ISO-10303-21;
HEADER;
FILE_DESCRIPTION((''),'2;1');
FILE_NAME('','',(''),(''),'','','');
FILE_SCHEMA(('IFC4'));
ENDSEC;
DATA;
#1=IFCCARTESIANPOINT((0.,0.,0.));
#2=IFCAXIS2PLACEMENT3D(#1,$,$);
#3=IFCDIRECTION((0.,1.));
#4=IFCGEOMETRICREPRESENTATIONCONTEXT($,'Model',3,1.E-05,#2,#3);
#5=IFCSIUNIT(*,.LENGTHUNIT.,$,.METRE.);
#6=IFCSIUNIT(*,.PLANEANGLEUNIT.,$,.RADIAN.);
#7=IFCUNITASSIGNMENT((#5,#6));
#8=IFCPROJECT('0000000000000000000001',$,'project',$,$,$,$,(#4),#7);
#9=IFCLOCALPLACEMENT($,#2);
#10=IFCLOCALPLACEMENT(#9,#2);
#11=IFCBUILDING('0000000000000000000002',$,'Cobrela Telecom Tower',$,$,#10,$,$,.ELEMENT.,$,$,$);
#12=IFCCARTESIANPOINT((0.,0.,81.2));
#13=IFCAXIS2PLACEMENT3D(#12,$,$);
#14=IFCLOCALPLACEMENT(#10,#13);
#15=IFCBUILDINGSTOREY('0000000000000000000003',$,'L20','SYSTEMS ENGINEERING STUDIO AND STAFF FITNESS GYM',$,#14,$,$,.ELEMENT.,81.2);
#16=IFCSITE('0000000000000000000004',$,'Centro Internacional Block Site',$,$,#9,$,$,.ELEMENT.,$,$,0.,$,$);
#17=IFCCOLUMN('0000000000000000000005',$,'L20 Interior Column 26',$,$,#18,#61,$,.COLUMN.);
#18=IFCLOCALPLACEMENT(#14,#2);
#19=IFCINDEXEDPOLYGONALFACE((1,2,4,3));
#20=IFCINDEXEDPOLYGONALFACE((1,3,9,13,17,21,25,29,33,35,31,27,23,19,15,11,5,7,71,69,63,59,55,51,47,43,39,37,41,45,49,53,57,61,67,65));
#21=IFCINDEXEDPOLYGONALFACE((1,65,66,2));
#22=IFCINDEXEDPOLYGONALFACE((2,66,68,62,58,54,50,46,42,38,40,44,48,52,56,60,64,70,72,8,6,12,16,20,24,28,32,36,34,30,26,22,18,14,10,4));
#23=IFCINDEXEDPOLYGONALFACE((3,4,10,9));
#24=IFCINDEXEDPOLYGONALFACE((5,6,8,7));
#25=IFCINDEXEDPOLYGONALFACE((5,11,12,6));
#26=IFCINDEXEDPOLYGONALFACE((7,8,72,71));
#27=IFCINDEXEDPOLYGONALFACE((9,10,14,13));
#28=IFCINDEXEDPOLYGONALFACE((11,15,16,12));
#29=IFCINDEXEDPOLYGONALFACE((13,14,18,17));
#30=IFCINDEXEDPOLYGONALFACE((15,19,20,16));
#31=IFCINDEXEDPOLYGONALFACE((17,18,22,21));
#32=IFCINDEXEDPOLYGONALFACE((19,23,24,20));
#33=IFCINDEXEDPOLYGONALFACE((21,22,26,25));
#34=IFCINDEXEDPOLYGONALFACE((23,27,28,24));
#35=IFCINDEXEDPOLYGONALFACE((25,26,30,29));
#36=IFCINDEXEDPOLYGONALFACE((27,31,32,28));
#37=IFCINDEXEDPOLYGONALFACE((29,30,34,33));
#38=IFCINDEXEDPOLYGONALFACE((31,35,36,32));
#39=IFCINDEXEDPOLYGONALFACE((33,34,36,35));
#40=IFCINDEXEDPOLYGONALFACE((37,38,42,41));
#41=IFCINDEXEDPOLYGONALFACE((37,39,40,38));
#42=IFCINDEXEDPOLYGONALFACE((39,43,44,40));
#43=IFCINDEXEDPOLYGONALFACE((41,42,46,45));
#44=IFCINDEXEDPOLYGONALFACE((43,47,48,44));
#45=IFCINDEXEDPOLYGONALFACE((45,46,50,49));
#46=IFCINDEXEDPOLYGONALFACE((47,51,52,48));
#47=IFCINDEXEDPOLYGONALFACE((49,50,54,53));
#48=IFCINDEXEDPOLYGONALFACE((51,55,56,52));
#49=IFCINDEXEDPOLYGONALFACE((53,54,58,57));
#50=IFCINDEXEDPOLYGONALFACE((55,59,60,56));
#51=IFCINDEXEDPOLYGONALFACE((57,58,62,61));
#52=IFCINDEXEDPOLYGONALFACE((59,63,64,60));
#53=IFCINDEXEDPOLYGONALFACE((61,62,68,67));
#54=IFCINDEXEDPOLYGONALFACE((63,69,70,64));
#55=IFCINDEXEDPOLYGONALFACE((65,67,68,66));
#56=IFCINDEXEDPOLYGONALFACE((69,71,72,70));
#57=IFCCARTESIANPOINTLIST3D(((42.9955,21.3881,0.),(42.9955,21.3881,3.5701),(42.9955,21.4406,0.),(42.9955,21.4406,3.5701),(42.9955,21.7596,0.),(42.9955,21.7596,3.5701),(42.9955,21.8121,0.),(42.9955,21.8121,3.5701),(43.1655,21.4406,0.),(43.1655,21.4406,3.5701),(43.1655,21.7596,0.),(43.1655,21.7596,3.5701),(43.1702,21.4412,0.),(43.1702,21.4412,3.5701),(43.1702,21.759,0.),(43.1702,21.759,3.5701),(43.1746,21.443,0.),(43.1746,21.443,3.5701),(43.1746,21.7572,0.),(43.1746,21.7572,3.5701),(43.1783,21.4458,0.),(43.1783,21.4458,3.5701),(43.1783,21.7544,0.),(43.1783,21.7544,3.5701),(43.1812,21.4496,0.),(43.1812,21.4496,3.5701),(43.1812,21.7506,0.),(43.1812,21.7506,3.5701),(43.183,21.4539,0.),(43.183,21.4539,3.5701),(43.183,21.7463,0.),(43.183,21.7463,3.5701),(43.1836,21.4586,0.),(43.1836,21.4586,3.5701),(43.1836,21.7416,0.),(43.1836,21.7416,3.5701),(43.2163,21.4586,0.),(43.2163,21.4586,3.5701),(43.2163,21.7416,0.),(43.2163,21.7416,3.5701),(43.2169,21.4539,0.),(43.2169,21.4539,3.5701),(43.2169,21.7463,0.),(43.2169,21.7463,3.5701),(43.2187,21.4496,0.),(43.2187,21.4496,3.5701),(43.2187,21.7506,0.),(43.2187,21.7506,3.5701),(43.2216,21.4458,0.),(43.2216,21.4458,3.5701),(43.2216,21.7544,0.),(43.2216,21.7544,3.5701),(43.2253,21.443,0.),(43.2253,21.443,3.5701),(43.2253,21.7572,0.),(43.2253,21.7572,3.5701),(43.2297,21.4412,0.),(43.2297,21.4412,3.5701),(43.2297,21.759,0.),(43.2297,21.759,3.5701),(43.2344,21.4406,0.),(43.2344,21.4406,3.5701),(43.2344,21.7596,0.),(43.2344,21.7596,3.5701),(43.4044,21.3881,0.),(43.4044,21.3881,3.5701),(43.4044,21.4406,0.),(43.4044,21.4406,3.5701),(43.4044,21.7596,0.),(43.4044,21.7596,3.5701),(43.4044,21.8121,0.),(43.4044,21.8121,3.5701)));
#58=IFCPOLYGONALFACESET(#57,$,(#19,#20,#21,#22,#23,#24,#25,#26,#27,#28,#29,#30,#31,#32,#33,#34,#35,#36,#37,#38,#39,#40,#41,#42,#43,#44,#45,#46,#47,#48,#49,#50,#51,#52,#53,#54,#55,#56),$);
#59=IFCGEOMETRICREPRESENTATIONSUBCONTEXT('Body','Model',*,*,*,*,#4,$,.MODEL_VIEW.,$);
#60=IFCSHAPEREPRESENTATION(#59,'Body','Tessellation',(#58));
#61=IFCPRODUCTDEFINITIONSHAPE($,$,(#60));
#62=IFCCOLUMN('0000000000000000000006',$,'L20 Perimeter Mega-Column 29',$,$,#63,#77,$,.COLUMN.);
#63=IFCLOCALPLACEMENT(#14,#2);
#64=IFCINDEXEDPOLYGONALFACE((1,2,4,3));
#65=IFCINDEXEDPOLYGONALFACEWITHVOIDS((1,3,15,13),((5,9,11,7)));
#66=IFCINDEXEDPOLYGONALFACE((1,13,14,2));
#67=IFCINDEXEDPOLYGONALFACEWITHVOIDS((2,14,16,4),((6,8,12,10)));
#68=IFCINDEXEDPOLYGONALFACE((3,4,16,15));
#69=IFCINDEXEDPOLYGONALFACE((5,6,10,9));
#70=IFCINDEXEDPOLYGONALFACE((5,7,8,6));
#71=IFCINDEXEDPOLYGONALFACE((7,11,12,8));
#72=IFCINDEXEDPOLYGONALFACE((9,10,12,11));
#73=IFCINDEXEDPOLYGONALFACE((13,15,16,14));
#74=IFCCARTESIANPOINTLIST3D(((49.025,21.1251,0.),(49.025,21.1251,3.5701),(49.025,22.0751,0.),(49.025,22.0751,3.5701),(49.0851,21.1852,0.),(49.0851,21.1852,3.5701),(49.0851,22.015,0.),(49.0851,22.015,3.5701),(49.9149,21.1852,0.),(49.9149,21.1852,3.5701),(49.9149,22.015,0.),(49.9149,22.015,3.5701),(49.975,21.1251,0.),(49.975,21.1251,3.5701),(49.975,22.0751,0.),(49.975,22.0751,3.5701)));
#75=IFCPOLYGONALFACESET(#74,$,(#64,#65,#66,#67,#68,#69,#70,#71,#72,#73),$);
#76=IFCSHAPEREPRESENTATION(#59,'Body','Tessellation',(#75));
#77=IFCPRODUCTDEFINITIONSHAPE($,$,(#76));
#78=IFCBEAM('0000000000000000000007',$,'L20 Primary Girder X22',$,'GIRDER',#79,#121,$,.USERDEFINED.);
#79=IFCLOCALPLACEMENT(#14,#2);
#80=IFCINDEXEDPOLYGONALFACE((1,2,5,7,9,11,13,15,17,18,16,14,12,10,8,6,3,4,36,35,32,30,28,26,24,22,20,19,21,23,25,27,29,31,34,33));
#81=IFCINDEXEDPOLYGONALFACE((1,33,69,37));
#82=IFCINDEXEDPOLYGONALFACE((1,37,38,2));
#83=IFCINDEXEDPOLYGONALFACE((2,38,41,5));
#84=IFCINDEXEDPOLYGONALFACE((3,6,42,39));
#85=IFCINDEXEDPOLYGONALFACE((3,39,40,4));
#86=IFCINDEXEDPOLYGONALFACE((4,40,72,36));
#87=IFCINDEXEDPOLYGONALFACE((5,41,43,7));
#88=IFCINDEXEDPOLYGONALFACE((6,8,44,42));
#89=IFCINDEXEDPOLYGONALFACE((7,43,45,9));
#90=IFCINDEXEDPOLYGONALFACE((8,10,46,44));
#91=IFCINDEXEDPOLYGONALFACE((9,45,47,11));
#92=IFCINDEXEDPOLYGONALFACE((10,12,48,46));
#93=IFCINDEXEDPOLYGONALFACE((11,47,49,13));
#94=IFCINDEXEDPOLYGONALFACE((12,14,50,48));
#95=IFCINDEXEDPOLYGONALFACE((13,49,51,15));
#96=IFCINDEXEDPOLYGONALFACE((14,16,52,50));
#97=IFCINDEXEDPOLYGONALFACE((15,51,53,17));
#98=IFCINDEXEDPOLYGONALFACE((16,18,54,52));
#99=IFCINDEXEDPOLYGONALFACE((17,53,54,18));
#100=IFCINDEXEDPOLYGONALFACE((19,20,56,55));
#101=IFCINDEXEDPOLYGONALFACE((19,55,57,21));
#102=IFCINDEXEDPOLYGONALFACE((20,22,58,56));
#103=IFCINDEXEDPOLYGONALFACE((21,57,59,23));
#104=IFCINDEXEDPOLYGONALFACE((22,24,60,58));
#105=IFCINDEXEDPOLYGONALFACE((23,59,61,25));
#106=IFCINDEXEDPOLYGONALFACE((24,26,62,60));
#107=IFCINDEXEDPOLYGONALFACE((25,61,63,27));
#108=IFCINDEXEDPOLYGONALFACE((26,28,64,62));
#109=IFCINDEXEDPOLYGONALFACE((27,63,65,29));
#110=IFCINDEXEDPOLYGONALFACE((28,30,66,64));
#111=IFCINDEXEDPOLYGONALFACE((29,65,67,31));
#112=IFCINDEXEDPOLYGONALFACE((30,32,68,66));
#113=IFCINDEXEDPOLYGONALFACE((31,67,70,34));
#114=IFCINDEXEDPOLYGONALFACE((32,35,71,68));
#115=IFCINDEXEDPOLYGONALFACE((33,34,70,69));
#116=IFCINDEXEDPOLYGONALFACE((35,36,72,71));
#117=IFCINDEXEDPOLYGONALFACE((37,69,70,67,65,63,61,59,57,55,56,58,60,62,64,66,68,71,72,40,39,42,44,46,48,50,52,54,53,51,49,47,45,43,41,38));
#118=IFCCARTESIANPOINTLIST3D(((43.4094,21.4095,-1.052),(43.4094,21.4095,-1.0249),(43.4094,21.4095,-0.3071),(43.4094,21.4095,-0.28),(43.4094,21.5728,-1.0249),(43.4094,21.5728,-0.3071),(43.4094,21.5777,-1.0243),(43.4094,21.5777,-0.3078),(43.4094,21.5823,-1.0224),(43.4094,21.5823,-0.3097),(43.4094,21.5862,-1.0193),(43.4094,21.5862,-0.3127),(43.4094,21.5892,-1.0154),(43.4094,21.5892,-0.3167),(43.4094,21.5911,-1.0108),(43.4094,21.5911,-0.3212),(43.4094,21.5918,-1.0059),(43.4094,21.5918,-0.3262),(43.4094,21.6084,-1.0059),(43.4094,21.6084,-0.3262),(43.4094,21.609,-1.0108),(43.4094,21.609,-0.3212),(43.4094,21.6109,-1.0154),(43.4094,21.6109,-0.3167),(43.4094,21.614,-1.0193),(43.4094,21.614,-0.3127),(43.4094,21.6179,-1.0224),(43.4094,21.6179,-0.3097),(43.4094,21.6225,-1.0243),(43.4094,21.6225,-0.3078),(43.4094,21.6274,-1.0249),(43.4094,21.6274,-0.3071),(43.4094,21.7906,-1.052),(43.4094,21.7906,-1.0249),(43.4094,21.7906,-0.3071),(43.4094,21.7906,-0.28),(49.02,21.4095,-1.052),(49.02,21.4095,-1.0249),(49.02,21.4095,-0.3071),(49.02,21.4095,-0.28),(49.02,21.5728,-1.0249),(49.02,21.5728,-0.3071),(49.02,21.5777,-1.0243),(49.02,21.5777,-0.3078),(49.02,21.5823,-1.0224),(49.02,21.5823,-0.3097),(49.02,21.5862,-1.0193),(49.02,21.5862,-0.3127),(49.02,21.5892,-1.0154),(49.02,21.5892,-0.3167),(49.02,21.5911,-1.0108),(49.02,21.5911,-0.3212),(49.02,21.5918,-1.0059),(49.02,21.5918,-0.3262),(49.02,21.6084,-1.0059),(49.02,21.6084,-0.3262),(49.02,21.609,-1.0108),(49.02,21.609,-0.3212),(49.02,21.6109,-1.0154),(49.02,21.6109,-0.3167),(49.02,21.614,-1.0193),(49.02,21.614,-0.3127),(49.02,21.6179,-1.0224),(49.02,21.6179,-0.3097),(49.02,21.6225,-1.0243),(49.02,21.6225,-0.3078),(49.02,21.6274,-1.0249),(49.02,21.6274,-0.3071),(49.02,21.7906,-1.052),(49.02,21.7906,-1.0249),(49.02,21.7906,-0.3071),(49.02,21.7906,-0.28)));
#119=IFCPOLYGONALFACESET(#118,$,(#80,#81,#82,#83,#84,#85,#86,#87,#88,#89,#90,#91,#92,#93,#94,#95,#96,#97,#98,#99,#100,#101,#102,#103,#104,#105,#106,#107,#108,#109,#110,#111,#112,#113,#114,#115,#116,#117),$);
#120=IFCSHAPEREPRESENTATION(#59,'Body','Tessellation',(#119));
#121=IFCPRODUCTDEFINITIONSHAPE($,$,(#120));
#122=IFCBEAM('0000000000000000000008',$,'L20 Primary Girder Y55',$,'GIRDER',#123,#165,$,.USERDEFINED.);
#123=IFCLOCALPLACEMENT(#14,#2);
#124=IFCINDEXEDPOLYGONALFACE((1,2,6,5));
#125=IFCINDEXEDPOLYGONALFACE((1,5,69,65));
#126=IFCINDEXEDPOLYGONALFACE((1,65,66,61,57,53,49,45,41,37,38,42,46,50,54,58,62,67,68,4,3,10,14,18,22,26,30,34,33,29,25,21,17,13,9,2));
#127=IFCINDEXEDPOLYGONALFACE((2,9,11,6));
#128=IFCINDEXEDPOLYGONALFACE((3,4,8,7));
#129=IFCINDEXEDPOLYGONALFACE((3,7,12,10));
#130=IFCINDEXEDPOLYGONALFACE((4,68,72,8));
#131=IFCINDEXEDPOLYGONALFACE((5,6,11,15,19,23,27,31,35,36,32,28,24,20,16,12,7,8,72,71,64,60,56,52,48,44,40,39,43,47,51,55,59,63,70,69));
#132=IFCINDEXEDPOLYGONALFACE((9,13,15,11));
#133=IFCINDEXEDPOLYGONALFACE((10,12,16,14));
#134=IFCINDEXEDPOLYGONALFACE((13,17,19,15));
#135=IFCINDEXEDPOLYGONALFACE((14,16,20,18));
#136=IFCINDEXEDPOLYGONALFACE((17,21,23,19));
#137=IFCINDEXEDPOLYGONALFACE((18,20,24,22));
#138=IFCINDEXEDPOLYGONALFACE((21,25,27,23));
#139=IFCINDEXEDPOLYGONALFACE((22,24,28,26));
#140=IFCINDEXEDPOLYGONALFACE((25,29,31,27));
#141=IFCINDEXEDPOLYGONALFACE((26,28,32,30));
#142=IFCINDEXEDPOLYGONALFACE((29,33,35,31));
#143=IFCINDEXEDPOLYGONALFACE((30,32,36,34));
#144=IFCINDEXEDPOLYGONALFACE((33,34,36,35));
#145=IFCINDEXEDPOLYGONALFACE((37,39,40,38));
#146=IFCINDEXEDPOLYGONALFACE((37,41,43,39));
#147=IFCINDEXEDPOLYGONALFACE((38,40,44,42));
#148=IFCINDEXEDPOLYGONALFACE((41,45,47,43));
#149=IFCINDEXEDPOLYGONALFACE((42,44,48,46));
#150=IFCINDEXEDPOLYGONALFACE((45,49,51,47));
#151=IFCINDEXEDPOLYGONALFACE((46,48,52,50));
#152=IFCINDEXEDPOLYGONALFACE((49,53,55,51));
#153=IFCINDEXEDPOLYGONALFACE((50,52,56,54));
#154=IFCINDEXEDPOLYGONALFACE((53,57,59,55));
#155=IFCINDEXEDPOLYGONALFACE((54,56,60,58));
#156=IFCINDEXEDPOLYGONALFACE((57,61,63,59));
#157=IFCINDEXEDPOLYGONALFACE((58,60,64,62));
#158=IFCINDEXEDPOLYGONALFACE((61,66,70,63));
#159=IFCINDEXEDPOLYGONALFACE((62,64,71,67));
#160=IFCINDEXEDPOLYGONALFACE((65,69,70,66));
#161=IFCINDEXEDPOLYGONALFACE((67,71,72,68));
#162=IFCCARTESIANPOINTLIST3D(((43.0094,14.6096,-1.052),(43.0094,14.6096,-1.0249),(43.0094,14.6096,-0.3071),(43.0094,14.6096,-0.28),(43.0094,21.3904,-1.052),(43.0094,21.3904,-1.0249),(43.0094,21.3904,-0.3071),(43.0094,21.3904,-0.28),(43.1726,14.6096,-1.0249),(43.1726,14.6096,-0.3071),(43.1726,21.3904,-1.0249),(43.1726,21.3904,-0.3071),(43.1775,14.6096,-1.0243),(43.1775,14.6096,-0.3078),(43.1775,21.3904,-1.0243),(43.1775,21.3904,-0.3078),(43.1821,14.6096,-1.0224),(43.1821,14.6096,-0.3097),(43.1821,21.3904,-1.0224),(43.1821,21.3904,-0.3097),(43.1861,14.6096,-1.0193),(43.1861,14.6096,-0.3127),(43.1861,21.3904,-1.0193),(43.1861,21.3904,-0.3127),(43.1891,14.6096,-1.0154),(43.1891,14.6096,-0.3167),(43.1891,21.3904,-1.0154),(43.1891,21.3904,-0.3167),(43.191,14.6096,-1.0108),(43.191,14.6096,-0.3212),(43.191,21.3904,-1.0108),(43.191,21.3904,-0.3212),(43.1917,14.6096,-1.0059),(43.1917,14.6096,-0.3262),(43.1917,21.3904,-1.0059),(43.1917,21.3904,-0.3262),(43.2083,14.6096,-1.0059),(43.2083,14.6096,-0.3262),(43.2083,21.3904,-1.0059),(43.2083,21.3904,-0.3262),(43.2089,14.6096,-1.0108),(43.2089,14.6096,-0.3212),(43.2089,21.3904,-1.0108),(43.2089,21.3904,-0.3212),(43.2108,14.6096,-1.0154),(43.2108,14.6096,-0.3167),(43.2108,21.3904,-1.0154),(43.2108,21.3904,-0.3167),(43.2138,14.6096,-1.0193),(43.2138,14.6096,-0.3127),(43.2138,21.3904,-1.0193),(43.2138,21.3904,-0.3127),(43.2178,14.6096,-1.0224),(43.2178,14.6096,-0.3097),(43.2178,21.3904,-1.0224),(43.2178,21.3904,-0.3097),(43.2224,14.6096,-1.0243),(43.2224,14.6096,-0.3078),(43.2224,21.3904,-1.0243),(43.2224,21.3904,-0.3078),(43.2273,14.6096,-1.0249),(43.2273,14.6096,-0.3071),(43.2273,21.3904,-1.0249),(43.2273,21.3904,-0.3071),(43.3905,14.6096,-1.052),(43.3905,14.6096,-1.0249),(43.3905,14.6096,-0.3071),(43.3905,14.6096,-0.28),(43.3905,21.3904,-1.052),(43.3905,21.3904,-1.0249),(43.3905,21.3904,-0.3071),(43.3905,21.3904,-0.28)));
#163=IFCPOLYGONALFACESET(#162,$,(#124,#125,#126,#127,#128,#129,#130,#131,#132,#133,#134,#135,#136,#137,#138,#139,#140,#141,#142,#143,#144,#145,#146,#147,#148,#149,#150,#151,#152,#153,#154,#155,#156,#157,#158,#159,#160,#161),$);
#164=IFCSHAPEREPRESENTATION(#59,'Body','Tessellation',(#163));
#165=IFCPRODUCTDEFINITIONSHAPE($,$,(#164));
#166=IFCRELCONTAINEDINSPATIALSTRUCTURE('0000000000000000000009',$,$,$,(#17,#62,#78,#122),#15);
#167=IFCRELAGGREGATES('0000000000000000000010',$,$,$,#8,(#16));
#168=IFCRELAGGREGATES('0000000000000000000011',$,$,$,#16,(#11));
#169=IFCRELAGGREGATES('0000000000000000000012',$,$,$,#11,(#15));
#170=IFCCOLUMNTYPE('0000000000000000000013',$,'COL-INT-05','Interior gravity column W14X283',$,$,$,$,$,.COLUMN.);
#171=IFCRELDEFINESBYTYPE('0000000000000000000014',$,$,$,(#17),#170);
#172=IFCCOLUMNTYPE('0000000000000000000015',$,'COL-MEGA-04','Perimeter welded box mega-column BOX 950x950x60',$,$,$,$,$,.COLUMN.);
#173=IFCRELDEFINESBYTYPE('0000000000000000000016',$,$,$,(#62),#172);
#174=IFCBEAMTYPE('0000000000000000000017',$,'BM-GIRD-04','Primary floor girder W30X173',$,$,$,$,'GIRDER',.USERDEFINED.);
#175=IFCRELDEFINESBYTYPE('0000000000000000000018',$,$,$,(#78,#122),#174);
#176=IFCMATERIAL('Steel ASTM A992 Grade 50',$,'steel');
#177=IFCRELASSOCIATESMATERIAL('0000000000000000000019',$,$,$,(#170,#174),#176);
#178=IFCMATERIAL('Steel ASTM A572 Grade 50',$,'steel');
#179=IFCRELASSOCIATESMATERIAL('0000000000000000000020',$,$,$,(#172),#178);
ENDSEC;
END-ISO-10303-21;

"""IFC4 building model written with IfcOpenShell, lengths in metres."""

from ifc_helpers import new_model, si_unit, direction, frame, origin, origin_2d, place, context, subcontext, project, spatial, hollow_rectangle, i_section, extrude, material, material_profile, profile_set, type_object, element, save


model = new_model("IFC4")

# Units and contexts
model_context = context("Model", 3, precision=1e-05, world=origin(), true_north=direction((0.0, 1.0)))
body_context = subcontext(model_context, "Body", "Model", "MODEL_VIEW")
ifc_project = project(units=[si_unit("LENGTHUNIT", "METRE"), si_unit("PLANEANGLEUNIT", "RADIAN")], contexts=[model_context])

# Site, building, storey
site_placement = place(None, origin())
site = spatial("IfcSite", under=ifc_project, at=site_placement, Name="Centro Internacional Block Site", CompositionType="ELEMENT", RefElevation=0.0)
building_placement = place(site_placement, origin())
building = spatial("IfcBuilding", under=site, at=building_placement, Name="Cobrela Telecom Tower", CompositionType="ELEMENT")
storey_placement = place(building_placement, frame((0.0, 0.0, 81.2)))
storey = spatial("IfcBuildingStorey", under=building, at=storey_placement, Name="L20", Description="SYSTEMS ENGINEERING STUDIO AND STAFF FITNESS GYM", CompositionType="ELEMENT", Elevation=81.2)

# Columns
ifc_material_1 = material(Name="Steel ASTM A992 Grade 50", Category="steel")
ifc_material_profile_1 = material_profile(ifc_material_1, i_section(OverallWidth=0.4089, OverallDepth=0.4241, WebThickness=0.0327, FlangeThickness=0.0525, FilletRadius=0.0181, at=origin_2d()), Name="W14X283")
ifc_profile_set_1 = profile_set([ifc_material_profile_1], Name="Steel ASTM A992 Grade 50")
column_type_1 = type_object("IfcColumnType", Name="COL-INT-05", Description="Interior gravity column W14X283", PredefinedType="COLUMN", material=ifc_profile_set_1)
column_1_placement = place(storey_placement, frame((43.2, 21.6001, 0.0), z_axis=(0.0, 0.0, 1.0), x_axis=(1.0, 0.0, 0.0)))
element("IfcColumn", 1, at=column_1_placement, inside=storey, type_object=column_type_1, Name="L20 Interior Column 26", PredefinedType="COLUMN", context=body_context, shape_type="SweptSolid", body=[
    extrude(i_section(OverallWidth=0.4089, OverallDepth=0.4241, WebThickness=0.0327, FlangeThickness=0.0525, FilletRadius=0.0181, at=origin_2d()), origin(), (0.0, 0.0, 1.0), 3.5701),
])
ifc_material_2 = material(Name="Steel ASTM A572 Grade 50", Category="steel")
ifc_material_profile_2 = material_profile(ifc_material_2, hollow_rectangle(XDim=0.95, YDim=0.95, WallThickness=0.0601, at=origin_2d()), Name="BOX 950x950x60")
ifc_profile_set_2 = profile_set([ifc_material_profile_2], Name="Steel ASTM A572 Grade 50")
column_type_2 = type_object("IfcColumnType", Name="COL-MEGA-04", Description="Perimeter welded box mega-column BOX 950x950x60", PredefinedType="COLUMN", material=ifc_profile_set_2)
column_2_placement = place(storey_placement, frame((49.5, 21.6001, 0.0), z_axis=(0.0, 0.0, 1.0), x_axis=(1.0, 0.0, 0.0)))
element("IfcColumn", 2, at=column_2_placement, inside=storey, type_object=column_type_2, Name="L20 Perimeter Mega-Column 29", PredefinedType="COLUMN", context=body_context, shape_type="SweptSolid", body=[
    extrude(hollow_rectangle(XDim=0.95, YDim=0.95, WallThickness=0.0601, at=origin_2d()), origin(), (0.0, 0.0, 1.0), 3.5701),
])

# Beams
ifc_material_profile_3 = material_profile(ifc_material_1, i_section(OverallWidth=0.3811, OverallDepth=0.772, WebThickness=0.0166, FlangeThickness=0.0271, FilletRadius=0.019, at=origin_2d()), Name="W30X173")
ifc_profile_set_3 = profile_set([ifc_material_profile_3], Name="Steel ASTM A992 Grade 50")
beam_type_1 = type_object("IfcBeamType", Name="BM-GIRD-04", Description="Primary floor girder W30X173", ElementType="GIRDER", PredefinedType="USERDEFINED", material=ifc_profile_set_3)
beam_1_placement = place(storey_placement, frame((43.4094, 21.6001, -0.666), z_axis=(1.0, 0.0, 0.0), x_axis=(0.0, 1.0, 0.0)))
element("IfcBeam", 3, at=beam_1_placement, inside=storey, type_object=beam_type_1, Name="L20 Primary Girder X22", ObjectType="GIRDER", PredefinedType="USERDEFINED", context=body_context, shape_type="SweptSolid", body=[
    extrude(i_section(OverallWidth=0.3811, OverallDepth=0.772, WebThickness=0.0166, FlangeThickness=0.0271, FilletRadius=0.019, at=origin_2d()), origin(), (0.0, 0.0, 1.0), 5.6106),
])
beam_2_placement = place(storey_placement, frame((43.2, 14.6096, -0.666), z_axis=(0.0, 1.0, 0.0), x_axis=(-1.0, 0.0, 0.0)))
element("IfcBeam", 4, at=beam_2_placement, inside=storey, type_object=beam_type_1, Name="L20 Primary Girder Y55", ObjectType="GIRDER", PredefinedType="USERDEFINED", context=body_context, shape_type="SweptSolid", body=[
    extrude(i_section(OverallWidth=0.3811, OverallDepth=0.772, WebThickness=0.0166, FlangeThickness=0.0271, FilletRadius=0.019, at=origin_2d()), origin(), (0.0, 0.0, 1.0), 6.7808),
])

save(model, "model.ifc")
